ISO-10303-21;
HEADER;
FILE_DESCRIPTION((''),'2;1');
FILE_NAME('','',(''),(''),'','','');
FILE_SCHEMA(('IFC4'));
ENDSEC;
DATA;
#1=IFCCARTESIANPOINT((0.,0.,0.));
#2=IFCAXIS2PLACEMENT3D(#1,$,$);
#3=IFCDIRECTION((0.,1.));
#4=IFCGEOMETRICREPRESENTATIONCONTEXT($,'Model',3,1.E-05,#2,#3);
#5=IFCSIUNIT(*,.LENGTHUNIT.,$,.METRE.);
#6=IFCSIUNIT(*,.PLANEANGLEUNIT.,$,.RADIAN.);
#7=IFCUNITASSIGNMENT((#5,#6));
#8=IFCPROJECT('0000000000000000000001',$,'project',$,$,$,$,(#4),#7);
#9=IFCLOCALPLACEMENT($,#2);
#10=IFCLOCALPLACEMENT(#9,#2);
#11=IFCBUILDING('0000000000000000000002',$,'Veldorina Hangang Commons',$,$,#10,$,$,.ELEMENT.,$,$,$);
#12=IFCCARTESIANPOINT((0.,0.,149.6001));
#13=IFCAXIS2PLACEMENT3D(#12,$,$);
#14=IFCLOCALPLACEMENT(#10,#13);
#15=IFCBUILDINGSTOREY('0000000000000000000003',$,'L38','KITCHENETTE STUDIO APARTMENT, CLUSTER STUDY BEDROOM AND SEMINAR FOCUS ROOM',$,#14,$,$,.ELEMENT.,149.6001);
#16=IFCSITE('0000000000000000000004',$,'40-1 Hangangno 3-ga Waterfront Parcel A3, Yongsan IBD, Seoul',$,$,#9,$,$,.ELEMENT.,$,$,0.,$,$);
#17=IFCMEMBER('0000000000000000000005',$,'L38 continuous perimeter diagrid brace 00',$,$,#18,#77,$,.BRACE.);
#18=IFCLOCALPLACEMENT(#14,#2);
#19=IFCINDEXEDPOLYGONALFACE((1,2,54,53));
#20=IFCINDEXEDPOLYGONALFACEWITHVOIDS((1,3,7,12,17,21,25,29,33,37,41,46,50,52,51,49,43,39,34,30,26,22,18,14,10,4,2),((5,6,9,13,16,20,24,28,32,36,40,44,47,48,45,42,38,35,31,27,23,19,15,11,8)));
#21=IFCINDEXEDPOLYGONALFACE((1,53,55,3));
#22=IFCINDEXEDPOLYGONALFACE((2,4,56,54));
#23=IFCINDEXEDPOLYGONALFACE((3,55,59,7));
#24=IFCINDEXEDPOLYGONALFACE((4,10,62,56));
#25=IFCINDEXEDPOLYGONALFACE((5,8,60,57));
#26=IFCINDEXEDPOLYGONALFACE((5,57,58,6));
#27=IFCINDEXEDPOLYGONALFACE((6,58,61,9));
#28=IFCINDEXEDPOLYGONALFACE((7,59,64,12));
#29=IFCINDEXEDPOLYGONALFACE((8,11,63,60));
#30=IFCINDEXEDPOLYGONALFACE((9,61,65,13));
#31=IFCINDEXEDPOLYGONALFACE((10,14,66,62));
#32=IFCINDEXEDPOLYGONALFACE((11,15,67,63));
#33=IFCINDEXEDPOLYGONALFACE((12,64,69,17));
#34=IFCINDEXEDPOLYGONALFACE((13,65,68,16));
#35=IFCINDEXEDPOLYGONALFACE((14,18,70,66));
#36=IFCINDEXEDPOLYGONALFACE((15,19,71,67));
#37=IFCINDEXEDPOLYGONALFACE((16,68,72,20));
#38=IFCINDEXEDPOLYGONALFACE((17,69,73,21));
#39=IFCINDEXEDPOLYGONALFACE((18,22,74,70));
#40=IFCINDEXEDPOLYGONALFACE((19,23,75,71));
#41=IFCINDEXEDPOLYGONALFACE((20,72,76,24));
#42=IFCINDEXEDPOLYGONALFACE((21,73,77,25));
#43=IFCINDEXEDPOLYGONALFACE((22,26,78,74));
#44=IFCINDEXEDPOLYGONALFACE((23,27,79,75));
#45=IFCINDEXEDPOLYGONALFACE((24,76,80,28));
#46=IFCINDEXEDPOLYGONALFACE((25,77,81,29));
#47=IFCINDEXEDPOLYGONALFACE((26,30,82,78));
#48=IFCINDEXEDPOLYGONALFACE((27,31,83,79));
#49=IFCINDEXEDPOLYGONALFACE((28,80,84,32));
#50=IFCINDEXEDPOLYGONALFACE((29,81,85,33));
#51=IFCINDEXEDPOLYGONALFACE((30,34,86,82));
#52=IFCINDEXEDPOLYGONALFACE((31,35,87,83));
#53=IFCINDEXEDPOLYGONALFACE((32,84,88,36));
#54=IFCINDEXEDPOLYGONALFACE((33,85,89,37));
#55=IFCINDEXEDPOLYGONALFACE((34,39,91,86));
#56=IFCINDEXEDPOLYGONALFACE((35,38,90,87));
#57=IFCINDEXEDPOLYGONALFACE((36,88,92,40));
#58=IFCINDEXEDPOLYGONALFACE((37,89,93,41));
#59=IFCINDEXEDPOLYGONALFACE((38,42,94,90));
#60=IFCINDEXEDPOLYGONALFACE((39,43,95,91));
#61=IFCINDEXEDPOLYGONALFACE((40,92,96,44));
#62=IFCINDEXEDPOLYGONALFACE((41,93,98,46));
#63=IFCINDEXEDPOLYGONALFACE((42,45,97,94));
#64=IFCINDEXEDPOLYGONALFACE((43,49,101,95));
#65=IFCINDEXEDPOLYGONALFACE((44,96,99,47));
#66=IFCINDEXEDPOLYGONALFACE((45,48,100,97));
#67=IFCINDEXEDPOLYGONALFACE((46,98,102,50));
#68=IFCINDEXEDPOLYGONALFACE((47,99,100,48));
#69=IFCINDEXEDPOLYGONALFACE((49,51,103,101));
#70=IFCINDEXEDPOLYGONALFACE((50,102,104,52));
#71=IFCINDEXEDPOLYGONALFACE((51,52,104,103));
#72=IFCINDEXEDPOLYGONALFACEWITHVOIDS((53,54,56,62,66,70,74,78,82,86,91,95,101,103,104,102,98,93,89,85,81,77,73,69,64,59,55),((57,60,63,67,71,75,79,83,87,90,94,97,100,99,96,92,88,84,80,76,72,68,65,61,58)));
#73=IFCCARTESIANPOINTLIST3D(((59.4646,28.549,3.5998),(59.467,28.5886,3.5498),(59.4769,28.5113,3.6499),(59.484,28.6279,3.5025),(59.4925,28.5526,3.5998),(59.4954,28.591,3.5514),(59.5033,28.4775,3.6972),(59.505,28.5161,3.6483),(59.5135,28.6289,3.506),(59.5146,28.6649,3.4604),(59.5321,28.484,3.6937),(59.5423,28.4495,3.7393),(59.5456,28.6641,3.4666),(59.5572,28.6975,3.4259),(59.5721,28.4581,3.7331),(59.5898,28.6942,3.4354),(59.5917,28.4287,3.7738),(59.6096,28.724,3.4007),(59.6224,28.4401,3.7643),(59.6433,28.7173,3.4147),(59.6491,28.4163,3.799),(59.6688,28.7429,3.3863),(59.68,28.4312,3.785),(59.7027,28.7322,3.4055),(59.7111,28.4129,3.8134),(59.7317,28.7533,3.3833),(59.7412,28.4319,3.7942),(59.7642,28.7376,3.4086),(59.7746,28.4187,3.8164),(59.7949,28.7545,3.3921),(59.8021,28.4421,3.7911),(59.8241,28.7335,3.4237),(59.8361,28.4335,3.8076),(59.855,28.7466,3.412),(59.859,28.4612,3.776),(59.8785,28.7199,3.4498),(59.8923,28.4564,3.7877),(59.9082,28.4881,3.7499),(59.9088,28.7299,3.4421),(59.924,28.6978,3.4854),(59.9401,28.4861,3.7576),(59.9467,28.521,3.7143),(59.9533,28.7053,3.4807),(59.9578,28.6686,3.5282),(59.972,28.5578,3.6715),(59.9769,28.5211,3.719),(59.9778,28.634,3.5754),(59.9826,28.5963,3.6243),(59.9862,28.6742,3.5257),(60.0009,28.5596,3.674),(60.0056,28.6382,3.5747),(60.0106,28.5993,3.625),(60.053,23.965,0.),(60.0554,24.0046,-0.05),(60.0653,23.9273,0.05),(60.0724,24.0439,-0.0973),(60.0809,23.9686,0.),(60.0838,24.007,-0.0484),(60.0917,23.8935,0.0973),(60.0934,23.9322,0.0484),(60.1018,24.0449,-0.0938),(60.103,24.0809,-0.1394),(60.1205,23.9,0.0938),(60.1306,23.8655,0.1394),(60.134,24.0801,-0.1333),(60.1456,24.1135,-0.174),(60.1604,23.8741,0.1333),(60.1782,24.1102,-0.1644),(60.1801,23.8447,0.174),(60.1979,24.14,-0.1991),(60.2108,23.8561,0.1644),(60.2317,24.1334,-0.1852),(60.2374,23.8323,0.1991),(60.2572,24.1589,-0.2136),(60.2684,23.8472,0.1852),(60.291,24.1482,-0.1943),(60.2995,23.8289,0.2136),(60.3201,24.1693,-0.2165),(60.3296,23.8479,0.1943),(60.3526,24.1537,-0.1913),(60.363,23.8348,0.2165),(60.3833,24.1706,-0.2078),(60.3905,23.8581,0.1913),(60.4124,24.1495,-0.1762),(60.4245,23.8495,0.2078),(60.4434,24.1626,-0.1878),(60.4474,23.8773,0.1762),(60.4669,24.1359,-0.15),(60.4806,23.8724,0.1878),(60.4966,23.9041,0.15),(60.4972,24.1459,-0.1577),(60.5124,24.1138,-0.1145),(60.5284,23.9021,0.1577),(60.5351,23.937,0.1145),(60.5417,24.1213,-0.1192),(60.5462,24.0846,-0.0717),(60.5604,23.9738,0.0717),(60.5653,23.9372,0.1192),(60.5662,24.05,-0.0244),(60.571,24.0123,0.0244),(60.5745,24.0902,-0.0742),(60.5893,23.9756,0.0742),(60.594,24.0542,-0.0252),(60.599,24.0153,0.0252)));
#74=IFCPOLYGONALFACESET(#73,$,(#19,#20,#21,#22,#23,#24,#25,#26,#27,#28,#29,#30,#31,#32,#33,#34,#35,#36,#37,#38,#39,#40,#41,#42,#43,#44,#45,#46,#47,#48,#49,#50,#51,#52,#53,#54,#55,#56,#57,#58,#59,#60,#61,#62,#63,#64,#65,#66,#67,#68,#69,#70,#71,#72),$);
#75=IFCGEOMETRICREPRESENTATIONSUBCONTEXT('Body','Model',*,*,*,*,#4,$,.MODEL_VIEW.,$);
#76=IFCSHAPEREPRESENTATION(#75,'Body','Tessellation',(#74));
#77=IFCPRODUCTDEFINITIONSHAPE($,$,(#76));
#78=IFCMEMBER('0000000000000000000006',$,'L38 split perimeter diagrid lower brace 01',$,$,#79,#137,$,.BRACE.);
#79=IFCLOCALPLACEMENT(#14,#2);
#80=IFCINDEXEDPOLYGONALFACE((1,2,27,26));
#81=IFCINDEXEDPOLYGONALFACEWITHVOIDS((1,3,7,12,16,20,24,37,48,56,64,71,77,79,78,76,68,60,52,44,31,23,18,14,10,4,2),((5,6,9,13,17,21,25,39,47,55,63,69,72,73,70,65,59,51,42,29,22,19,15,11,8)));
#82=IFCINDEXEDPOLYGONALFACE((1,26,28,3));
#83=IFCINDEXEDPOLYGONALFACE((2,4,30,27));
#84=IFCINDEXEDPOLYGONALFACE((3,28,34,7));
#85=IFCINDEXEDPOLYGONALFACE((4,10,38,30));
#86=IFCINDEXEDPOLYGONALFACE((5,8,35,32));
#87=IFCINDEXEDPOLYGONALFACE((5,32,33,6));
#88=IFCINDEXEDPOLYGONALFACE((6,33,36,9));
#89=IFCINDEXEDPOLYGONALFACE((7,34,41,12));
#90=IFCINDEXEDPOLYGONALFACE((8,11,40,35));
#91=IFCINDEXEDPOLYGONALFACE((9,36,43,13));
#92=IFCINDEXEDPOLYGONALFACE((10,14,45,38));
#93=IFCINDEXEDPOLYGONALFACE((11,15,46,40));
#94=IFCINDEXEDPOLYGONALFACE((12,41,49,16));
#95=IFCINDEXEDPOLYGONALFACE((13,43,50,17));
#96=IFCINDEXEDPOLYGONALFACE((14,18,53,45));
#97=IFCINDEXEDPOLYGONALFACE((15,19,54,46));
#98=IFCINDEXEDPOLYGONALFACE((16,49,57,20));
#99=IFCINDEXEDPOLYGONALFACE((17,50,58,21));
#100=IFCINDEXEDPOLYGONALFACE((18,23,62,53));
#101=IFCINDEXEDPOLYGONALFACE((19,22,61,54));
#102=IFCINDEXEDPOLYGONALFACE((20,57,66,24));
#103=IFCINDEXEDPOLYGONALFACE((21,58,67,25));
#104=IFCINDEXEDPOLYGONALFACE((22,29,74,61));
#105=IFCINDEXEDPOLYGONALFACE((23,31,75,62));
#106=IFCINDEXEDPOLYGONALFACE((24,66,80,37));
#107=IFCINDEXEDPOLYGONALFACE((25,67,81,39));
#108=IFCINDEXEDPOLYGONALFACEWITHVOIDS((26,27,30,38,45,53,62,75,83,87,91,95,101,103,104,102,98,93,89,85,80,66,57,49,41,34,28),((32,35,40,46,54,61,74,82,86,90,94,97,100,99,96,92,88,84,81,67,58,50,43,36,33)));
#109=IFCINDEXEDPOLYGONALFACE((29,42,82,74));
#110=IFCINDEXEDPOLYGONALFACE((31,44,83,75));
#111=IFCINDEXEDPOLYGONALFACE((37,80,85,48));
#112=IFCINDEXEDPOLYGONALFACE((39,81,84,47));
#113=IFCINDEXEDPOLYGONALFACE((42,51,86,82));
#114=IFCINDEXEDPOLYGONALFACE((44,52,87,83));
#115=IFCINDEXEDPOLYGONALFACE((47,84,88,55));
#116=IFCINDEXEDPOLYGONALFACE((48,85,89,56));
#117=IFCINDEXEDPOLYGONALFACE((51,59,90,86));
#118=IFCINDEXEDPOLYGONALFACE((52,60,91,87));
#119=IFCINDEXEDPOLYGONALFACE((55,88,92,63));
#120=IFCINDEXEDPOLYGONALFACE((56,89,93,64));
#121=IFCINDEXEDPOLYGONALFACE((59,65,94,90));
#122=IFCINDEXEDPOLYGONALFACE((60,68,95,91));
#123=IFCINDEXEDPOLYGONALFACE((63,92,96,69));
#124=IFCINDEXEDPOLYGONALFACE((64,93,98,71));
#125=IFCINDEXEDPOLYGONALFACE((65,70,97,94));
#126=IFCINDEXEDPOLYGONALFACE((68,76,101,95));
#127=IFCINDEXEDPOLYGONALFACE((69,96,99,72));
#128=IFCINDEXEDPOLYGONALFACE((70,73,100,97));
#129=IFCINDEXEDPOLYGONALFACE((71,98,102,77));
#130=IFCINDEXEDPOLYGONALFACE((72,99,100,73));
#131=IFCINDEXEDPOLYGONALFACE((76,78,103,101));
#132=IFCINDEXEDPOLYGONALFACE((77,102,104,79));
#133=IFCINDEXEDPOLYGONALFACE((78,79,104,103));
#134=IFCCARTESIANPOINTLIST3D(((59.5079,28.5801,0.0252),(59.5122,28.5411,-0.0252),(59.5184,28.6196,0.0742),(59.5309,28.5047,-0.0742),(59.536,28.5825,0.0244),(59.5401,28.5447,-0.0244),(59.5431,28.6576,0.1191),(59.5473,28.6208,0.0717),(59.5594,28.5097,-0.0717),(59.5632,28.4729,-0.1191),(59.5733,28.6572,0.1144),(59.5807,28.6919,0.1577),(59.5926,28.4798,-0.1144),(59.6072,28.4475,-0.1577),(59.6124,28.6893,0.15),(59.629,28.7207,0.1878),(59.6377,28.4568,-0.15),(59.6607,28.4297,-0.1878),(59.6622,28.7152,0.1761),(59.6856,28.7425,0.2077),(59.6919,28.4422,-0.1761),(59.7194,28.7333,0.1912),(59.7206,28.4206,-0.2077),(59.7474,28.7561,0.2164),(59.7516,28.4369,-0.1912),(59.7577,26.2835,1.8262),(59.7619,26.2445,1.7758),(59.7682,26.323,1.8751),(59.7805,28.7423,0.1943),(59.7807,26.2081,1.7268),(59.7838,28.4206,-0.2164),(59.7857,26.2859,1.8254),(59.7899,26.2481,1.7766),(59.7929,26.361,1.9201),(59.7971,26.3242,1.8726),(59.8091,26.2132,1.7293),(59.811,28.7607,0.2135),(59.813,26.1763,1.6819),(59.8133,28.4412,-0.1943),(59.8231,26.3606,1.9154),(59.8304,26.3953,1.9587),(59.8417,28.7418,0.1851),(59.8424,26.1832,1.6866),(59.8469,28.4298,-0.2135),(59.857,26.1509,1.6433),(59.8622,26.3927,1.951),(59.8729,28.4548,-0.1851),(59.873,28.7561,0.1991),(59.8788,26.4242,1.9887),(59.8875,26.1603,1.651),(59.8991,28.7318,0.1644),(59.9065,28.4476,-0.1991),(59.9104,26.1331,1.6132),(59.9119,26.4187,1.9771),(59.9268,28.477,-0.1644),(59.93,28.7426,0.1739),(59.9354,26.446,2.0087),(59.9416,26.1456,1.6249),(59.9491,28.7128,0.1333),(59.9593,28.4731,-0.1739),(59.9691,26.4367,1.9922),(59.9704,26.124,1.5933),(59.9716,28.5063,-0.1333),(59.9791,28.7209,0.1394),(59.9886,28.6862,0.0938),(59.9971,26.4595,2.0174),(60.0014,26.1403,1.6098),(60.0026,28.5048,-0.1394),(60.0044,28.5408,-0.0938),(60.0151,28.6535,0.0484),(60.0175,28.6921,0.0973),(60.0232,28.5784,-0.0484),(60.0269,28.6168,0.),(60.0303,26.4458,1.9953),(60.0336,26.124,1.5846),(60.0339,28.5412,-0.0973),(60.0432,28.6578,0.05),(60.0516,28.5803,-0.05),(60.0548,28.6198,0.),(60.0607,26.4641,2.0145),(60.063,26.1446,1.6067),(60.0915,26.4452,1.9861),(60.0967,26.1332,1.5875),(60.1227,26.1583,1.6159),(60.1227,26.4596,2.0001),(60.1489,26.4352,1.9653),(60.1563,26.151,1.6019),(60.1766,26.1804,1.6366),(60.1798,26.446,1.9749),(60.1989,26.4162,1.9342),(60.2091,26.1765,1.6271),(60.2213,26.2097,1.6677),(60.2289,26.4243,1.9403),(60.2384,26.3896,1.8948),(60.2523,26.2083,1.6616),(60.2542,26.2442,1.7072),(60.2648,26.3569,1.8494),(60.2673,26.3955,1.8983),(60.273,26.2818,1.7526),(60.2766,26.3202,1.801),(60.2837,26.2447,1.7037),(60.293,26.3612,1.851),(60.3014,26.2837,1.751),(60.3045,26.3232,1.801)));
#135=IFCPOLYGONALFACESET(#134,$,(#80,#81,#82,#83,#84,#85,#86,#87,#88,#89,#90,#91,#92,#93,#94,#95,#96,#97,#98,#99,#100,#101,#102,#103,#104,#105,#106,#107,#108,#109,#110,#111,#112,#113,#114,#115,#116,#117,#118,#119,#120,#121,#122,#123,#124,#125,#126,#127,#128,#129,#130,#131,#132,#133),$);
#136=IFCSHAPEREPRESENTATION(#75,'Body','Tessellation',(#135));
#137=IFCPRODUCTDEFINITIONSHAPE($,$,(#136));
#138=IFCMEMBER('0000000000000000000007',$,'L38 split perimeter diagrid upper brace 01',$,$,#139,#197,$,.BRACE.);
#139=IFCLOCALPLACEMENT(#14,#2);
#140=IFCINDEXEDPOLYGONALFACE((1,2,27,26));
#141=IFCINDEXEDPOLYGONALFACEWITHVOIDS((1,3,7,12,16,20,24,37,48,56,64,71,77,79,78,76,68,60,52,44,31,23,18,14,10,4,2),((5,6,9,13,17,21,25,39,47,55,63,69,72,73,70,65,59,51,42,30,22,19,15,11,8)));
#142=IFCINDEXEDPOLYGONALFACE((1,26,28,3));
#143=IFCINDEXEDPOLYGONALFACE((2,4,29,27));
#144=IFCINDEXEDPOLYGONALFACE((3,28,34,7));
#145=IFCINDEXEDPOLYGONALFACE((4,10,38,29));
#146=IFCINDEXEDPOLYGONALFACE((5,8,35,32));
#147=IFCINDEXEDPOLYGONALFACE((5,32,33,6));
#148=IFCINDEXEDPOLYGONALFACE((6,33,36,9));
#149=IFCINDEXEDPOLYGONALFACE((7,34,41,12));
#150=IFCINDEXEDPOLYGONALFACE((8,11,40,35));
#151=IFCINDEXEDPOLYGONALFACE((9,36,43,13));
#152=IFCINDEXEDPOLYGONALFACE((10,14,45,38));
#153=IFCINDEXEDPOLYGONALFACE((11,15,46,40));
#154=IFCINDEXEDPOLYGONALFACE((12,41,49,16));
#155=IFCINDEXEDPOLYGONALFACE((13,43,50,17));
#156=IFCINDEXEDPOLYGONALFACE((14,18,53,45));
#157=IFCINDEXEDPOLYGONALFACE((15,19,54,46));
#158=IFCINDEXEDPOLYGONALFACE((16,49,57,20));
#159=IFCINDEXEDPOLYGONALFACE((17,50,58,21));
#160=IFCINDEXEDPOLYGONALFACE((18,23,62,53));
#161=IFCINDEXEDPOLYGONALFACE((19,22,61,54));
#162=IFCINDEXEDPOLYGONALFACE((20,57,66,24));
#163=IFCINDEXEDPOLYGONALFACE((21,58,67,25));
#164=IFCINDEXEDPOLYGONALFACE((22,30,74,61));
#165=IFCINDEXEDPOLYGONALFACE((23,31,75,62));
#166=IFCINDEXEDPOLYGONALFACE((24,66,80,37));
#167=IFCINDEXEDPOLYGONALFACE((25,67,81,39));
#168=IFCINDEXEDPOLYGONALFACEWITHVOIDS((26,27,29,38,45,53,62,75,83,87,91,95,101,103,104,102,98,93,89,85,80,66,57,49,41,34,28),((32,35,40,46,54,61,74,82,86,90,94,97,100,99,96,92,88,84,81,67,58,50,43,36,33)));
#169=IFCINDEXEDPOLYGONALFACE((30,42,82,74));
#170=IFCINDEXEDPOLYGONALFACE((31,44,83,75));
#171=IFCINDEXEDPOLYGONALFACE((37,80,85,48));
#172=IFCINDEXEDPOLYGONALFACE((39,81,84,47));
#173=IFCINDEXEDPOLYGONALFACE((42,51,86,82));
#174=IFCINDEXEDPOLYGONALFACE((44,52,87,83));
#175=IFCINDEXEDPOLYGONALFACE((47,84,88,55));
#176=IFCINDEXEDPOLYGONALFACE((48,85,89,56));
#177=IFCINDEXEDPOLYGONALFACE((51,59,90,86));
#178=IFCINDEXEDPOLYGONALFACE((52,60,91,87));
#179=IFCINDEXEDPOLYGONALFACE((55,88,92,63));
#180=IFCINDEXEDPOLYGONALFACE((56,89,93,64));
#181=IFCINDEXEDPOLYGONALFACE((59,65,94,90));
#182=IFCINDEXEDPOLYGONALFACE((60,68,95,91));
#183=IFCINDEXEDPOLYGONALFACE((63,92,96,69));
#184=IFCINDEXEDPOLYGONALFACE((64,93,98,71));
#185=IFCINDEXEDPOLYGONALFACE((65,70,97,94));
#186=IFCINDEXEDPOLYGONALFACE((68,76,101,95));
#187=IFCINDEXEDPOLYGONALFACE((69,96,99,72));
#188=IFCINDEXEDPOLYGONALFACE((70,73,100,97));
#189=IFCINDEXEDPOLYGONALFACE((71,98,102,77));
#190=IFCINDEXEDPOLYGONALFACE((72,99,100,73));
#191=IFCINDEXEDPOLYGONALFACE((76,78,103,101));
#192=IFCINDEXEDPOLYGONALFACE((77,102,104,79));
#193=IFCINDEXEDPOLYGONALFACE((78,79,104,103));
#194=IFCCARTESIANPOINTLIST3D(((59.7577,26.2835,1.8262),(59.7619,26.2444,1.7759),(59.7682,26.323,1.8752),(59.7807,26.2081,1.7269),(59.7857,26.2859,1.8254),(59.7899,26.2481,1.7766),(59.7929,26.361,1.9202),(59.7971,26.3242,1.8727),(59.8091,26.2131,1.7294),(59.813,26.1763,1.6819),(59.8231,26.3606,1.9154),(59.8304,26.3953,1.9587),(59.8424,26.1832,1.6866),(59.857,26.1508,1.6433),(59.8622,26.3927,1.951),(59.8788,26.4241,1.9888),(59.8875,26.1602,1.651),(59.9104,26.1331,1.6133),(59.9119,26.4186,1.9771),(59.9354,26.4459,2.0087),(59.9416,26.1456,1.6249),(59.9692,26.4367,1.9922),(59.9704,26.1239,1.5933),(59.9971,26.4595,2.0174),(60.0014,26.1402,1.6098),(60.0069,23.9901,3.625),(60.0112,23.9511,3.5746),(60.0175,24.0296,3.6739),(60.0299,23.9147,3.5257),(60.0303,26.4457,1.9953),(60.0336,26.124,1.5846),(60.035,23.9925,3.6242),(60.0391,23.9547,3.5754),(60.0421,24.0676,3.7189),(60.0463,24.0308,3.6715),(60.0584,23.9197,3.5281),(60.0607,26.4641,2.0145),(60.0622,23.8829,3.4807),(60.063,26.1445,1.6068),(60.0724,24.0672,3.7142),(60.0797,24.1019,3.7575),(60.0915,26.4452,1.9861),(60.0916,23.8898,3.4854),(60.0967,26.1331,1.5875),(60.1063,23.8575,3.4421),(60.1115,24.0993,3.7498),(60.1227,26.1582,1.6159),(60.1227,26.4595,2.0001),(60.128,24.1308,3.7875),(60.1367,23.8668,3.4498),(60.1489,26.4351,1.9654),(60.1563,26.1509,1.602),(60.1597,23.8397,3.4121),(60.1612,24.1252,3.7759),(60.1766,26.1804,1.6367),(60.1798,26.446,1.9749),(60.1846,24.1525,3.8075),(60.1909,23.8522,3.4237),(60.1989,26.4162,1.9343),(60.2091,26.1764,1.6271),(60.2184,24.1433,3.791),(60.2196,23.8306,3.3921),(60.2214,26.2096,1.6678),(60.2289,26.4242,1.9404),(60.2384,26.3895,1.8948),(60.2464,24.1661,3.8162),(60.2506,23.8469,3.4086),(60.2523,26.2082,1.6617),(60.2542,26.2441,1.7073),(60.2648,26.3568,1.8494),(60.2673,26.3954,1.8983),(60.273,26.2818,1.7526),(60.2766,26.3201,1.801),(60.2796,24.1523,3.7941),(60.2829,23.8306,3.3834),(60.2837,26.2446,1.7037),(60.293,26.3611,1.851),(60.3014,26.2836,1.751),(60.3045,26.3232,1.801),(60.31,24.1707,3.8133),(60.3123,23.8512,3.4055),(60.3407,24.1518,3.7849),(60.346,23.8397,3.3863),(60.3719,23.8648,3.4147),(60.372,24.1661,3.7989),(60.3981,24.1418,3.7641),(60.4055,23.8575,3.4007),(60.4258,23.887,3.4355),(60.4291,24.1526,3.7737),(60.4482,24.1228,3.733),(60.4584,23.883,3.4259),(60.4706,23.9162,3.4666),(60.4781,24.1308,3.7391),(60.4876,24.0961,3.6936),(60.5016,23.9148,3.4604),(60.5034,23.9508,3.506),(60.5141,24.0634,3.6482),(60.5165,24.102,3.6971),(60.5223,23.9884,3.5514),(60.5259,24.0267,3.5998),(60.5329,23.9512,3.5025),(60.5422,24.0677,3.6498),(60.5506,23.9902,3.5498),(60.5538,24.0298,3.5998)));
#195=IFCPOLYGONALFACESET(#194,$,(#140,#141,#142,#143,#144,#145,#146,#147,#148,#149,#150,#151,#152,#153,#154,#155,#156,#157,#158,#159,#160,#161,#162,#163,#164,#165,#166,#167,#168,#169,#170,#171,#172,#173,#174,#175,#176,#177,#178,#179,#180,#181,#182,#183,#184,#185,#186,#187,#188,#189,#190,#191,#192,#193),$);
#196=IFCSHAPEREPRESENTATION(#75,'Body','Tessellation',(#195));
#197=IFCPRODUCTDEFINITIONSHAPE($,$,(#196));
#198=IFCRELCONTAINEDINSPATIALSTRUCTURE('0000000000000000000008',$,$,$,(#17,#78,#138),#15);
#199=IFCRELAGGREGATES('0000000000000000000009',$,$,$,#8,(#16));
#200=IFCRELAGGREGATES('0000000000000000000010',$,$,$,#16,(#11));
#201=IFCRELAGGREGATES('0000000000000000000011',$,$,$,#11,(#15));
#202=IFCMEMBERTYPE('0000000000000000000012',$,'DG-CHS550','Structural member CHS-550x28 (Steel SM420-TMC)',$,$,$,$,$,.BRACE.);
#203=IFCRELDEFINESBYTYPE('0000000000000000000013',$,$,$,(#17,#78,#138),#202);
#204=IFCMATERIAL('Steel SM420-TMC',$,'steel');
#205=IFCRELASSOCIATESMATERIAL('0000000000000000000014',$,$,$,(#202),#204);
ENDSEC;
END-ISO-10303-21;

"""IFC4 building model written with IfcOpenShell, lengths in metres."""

from ifc_helpers import new_model, si_unit, direction, frame, origin, origin_2d, place, context, subcontext, project, spatial, hollow_circle, extrude, material, material_profile, profile_set, type_object, element, save


model = new_model("IFC4")

# Units and contexts
model_context = context("Model", 3, precision=1e-05, world=origin(), true_north=direction((0.0, 1.0)))
body_context = subcontext(model_context, "Body", "Model", "MODEL_VIEW")
ifc_project = project(units=[si_unit("LENGTHUNIT", "METRE"), si_unit("PLANEANGLEUNIT", "RADIAN")], contexts=[model_context])

# Site, building, storey
site_placement = place(None, origin())
site = spatial("IfcSite", under=ifc_project, at=site_placement, Name="40-1 Hangangno 3-ga Waterfront Parcel A3, Yongsan IBD, Seoul", CompositionType="ELEMENT", RefElevation=0.0)
building_placement = place(site_placement, origin())
building = spatial("IfcBuilding", under=site, at=building_placement, Name="Veldorina Hangang Commons", CompositionType="ELEMENT")
storey_placement = place(building_placement, frame((0.0, 0.0, 149.6001)))
storey = spatial("IfcBuildingStorey", under=building, at=storey_placement, Name="L38", Description="KITCHENETTE STUDIO APARTMENT, CLUSTER STUDY BEDROOM AND SEMINAR FOCUS ROOM", CompositionType="ELEMENT", Elevation=149.6001)

# Shared definitions
ifc_material_1 = material(Name="Steel SM420-TMC", Category="steel")

# Members
ifc_material_profile_1 = material_profile(ifc_material_1, hollow_circle(Radius=0.2749, WallThickness=0.0281, at=origin_2d()), Name="CHS-550x28")
ifc_profile_set_1 = profile_set([ifc_material_profile_1], Name="Steel SM420-TMC")
member_type = type_object("IfcMemberType", Name="DG-CHS550", Description="Structural member CHS-550x28 (Steel SM420-TMC)", PredefinedType="BRACE", material=ifc_profile_set_1)
member_1_placement = place(storey_placement, frame((60.3257, 24.0, 0.0), z_axis=(-0.100437, 0.782495, 0.614502), x_axis=(-0.991863, -0.127311, 0.0)))
element("IfcMember", 1, at=member_1_placement, inside=storey, type_object=member_type, Name="L38 continuous perimeter diagrid brace 00", PredefinedType="BRACE", context=body_context, shape_type="SweptSolid", body=[
    extrude(hollow_circle(Radius=0.2749, WallThickness=0.0281, at=origin_2d()), origin(), (0.0, 0.0, 1.0), 5.8582),
])
member_2_placement = place(storey_placement, frame((59.7815, 28.5901, 0.0), z_axis=(0.085262, -0.78403, 0.614839), x_axis=(0.994139, 0.108111, 0.0)))
element("IfcMember", 2, at=member_2_placement, inside=storey, type_object=member_type, Name="L38 split perimeter diagrid lower brace 01", PredefinedType="BRACE", context=body_context, shape_type="SweptSolid", body=[
    extrude(hollow_circle(Radius=0.2749, WallThickness=0.0281, at=origin_2d()), origin(), (0.0, 0.0, 1.0), 2.9292),
])
member_3_placement = place(storey_placement, frame((60.0312, 26.2935, 1.801), z_axis=(0.085209, -0.783985, 0.614904), x_axis=(0.994145, 0.10805, 0.0)))
element("IfcMember", 3, at=member_3_placement, inside=storey, type_object=member_type, Name="L38 split perimeter diagrid upper brace 01", PredefinedType="BRACE", context=body_context, shape_type="SweptSolid", body=[
    extrude(hollow_circle(Radius=0.2749, WallThickness=0.0281, at=origin_2d()), origin(), (0.0, 0.0, 1.0), 2.9253),
])

save(model, "model.ifc")
